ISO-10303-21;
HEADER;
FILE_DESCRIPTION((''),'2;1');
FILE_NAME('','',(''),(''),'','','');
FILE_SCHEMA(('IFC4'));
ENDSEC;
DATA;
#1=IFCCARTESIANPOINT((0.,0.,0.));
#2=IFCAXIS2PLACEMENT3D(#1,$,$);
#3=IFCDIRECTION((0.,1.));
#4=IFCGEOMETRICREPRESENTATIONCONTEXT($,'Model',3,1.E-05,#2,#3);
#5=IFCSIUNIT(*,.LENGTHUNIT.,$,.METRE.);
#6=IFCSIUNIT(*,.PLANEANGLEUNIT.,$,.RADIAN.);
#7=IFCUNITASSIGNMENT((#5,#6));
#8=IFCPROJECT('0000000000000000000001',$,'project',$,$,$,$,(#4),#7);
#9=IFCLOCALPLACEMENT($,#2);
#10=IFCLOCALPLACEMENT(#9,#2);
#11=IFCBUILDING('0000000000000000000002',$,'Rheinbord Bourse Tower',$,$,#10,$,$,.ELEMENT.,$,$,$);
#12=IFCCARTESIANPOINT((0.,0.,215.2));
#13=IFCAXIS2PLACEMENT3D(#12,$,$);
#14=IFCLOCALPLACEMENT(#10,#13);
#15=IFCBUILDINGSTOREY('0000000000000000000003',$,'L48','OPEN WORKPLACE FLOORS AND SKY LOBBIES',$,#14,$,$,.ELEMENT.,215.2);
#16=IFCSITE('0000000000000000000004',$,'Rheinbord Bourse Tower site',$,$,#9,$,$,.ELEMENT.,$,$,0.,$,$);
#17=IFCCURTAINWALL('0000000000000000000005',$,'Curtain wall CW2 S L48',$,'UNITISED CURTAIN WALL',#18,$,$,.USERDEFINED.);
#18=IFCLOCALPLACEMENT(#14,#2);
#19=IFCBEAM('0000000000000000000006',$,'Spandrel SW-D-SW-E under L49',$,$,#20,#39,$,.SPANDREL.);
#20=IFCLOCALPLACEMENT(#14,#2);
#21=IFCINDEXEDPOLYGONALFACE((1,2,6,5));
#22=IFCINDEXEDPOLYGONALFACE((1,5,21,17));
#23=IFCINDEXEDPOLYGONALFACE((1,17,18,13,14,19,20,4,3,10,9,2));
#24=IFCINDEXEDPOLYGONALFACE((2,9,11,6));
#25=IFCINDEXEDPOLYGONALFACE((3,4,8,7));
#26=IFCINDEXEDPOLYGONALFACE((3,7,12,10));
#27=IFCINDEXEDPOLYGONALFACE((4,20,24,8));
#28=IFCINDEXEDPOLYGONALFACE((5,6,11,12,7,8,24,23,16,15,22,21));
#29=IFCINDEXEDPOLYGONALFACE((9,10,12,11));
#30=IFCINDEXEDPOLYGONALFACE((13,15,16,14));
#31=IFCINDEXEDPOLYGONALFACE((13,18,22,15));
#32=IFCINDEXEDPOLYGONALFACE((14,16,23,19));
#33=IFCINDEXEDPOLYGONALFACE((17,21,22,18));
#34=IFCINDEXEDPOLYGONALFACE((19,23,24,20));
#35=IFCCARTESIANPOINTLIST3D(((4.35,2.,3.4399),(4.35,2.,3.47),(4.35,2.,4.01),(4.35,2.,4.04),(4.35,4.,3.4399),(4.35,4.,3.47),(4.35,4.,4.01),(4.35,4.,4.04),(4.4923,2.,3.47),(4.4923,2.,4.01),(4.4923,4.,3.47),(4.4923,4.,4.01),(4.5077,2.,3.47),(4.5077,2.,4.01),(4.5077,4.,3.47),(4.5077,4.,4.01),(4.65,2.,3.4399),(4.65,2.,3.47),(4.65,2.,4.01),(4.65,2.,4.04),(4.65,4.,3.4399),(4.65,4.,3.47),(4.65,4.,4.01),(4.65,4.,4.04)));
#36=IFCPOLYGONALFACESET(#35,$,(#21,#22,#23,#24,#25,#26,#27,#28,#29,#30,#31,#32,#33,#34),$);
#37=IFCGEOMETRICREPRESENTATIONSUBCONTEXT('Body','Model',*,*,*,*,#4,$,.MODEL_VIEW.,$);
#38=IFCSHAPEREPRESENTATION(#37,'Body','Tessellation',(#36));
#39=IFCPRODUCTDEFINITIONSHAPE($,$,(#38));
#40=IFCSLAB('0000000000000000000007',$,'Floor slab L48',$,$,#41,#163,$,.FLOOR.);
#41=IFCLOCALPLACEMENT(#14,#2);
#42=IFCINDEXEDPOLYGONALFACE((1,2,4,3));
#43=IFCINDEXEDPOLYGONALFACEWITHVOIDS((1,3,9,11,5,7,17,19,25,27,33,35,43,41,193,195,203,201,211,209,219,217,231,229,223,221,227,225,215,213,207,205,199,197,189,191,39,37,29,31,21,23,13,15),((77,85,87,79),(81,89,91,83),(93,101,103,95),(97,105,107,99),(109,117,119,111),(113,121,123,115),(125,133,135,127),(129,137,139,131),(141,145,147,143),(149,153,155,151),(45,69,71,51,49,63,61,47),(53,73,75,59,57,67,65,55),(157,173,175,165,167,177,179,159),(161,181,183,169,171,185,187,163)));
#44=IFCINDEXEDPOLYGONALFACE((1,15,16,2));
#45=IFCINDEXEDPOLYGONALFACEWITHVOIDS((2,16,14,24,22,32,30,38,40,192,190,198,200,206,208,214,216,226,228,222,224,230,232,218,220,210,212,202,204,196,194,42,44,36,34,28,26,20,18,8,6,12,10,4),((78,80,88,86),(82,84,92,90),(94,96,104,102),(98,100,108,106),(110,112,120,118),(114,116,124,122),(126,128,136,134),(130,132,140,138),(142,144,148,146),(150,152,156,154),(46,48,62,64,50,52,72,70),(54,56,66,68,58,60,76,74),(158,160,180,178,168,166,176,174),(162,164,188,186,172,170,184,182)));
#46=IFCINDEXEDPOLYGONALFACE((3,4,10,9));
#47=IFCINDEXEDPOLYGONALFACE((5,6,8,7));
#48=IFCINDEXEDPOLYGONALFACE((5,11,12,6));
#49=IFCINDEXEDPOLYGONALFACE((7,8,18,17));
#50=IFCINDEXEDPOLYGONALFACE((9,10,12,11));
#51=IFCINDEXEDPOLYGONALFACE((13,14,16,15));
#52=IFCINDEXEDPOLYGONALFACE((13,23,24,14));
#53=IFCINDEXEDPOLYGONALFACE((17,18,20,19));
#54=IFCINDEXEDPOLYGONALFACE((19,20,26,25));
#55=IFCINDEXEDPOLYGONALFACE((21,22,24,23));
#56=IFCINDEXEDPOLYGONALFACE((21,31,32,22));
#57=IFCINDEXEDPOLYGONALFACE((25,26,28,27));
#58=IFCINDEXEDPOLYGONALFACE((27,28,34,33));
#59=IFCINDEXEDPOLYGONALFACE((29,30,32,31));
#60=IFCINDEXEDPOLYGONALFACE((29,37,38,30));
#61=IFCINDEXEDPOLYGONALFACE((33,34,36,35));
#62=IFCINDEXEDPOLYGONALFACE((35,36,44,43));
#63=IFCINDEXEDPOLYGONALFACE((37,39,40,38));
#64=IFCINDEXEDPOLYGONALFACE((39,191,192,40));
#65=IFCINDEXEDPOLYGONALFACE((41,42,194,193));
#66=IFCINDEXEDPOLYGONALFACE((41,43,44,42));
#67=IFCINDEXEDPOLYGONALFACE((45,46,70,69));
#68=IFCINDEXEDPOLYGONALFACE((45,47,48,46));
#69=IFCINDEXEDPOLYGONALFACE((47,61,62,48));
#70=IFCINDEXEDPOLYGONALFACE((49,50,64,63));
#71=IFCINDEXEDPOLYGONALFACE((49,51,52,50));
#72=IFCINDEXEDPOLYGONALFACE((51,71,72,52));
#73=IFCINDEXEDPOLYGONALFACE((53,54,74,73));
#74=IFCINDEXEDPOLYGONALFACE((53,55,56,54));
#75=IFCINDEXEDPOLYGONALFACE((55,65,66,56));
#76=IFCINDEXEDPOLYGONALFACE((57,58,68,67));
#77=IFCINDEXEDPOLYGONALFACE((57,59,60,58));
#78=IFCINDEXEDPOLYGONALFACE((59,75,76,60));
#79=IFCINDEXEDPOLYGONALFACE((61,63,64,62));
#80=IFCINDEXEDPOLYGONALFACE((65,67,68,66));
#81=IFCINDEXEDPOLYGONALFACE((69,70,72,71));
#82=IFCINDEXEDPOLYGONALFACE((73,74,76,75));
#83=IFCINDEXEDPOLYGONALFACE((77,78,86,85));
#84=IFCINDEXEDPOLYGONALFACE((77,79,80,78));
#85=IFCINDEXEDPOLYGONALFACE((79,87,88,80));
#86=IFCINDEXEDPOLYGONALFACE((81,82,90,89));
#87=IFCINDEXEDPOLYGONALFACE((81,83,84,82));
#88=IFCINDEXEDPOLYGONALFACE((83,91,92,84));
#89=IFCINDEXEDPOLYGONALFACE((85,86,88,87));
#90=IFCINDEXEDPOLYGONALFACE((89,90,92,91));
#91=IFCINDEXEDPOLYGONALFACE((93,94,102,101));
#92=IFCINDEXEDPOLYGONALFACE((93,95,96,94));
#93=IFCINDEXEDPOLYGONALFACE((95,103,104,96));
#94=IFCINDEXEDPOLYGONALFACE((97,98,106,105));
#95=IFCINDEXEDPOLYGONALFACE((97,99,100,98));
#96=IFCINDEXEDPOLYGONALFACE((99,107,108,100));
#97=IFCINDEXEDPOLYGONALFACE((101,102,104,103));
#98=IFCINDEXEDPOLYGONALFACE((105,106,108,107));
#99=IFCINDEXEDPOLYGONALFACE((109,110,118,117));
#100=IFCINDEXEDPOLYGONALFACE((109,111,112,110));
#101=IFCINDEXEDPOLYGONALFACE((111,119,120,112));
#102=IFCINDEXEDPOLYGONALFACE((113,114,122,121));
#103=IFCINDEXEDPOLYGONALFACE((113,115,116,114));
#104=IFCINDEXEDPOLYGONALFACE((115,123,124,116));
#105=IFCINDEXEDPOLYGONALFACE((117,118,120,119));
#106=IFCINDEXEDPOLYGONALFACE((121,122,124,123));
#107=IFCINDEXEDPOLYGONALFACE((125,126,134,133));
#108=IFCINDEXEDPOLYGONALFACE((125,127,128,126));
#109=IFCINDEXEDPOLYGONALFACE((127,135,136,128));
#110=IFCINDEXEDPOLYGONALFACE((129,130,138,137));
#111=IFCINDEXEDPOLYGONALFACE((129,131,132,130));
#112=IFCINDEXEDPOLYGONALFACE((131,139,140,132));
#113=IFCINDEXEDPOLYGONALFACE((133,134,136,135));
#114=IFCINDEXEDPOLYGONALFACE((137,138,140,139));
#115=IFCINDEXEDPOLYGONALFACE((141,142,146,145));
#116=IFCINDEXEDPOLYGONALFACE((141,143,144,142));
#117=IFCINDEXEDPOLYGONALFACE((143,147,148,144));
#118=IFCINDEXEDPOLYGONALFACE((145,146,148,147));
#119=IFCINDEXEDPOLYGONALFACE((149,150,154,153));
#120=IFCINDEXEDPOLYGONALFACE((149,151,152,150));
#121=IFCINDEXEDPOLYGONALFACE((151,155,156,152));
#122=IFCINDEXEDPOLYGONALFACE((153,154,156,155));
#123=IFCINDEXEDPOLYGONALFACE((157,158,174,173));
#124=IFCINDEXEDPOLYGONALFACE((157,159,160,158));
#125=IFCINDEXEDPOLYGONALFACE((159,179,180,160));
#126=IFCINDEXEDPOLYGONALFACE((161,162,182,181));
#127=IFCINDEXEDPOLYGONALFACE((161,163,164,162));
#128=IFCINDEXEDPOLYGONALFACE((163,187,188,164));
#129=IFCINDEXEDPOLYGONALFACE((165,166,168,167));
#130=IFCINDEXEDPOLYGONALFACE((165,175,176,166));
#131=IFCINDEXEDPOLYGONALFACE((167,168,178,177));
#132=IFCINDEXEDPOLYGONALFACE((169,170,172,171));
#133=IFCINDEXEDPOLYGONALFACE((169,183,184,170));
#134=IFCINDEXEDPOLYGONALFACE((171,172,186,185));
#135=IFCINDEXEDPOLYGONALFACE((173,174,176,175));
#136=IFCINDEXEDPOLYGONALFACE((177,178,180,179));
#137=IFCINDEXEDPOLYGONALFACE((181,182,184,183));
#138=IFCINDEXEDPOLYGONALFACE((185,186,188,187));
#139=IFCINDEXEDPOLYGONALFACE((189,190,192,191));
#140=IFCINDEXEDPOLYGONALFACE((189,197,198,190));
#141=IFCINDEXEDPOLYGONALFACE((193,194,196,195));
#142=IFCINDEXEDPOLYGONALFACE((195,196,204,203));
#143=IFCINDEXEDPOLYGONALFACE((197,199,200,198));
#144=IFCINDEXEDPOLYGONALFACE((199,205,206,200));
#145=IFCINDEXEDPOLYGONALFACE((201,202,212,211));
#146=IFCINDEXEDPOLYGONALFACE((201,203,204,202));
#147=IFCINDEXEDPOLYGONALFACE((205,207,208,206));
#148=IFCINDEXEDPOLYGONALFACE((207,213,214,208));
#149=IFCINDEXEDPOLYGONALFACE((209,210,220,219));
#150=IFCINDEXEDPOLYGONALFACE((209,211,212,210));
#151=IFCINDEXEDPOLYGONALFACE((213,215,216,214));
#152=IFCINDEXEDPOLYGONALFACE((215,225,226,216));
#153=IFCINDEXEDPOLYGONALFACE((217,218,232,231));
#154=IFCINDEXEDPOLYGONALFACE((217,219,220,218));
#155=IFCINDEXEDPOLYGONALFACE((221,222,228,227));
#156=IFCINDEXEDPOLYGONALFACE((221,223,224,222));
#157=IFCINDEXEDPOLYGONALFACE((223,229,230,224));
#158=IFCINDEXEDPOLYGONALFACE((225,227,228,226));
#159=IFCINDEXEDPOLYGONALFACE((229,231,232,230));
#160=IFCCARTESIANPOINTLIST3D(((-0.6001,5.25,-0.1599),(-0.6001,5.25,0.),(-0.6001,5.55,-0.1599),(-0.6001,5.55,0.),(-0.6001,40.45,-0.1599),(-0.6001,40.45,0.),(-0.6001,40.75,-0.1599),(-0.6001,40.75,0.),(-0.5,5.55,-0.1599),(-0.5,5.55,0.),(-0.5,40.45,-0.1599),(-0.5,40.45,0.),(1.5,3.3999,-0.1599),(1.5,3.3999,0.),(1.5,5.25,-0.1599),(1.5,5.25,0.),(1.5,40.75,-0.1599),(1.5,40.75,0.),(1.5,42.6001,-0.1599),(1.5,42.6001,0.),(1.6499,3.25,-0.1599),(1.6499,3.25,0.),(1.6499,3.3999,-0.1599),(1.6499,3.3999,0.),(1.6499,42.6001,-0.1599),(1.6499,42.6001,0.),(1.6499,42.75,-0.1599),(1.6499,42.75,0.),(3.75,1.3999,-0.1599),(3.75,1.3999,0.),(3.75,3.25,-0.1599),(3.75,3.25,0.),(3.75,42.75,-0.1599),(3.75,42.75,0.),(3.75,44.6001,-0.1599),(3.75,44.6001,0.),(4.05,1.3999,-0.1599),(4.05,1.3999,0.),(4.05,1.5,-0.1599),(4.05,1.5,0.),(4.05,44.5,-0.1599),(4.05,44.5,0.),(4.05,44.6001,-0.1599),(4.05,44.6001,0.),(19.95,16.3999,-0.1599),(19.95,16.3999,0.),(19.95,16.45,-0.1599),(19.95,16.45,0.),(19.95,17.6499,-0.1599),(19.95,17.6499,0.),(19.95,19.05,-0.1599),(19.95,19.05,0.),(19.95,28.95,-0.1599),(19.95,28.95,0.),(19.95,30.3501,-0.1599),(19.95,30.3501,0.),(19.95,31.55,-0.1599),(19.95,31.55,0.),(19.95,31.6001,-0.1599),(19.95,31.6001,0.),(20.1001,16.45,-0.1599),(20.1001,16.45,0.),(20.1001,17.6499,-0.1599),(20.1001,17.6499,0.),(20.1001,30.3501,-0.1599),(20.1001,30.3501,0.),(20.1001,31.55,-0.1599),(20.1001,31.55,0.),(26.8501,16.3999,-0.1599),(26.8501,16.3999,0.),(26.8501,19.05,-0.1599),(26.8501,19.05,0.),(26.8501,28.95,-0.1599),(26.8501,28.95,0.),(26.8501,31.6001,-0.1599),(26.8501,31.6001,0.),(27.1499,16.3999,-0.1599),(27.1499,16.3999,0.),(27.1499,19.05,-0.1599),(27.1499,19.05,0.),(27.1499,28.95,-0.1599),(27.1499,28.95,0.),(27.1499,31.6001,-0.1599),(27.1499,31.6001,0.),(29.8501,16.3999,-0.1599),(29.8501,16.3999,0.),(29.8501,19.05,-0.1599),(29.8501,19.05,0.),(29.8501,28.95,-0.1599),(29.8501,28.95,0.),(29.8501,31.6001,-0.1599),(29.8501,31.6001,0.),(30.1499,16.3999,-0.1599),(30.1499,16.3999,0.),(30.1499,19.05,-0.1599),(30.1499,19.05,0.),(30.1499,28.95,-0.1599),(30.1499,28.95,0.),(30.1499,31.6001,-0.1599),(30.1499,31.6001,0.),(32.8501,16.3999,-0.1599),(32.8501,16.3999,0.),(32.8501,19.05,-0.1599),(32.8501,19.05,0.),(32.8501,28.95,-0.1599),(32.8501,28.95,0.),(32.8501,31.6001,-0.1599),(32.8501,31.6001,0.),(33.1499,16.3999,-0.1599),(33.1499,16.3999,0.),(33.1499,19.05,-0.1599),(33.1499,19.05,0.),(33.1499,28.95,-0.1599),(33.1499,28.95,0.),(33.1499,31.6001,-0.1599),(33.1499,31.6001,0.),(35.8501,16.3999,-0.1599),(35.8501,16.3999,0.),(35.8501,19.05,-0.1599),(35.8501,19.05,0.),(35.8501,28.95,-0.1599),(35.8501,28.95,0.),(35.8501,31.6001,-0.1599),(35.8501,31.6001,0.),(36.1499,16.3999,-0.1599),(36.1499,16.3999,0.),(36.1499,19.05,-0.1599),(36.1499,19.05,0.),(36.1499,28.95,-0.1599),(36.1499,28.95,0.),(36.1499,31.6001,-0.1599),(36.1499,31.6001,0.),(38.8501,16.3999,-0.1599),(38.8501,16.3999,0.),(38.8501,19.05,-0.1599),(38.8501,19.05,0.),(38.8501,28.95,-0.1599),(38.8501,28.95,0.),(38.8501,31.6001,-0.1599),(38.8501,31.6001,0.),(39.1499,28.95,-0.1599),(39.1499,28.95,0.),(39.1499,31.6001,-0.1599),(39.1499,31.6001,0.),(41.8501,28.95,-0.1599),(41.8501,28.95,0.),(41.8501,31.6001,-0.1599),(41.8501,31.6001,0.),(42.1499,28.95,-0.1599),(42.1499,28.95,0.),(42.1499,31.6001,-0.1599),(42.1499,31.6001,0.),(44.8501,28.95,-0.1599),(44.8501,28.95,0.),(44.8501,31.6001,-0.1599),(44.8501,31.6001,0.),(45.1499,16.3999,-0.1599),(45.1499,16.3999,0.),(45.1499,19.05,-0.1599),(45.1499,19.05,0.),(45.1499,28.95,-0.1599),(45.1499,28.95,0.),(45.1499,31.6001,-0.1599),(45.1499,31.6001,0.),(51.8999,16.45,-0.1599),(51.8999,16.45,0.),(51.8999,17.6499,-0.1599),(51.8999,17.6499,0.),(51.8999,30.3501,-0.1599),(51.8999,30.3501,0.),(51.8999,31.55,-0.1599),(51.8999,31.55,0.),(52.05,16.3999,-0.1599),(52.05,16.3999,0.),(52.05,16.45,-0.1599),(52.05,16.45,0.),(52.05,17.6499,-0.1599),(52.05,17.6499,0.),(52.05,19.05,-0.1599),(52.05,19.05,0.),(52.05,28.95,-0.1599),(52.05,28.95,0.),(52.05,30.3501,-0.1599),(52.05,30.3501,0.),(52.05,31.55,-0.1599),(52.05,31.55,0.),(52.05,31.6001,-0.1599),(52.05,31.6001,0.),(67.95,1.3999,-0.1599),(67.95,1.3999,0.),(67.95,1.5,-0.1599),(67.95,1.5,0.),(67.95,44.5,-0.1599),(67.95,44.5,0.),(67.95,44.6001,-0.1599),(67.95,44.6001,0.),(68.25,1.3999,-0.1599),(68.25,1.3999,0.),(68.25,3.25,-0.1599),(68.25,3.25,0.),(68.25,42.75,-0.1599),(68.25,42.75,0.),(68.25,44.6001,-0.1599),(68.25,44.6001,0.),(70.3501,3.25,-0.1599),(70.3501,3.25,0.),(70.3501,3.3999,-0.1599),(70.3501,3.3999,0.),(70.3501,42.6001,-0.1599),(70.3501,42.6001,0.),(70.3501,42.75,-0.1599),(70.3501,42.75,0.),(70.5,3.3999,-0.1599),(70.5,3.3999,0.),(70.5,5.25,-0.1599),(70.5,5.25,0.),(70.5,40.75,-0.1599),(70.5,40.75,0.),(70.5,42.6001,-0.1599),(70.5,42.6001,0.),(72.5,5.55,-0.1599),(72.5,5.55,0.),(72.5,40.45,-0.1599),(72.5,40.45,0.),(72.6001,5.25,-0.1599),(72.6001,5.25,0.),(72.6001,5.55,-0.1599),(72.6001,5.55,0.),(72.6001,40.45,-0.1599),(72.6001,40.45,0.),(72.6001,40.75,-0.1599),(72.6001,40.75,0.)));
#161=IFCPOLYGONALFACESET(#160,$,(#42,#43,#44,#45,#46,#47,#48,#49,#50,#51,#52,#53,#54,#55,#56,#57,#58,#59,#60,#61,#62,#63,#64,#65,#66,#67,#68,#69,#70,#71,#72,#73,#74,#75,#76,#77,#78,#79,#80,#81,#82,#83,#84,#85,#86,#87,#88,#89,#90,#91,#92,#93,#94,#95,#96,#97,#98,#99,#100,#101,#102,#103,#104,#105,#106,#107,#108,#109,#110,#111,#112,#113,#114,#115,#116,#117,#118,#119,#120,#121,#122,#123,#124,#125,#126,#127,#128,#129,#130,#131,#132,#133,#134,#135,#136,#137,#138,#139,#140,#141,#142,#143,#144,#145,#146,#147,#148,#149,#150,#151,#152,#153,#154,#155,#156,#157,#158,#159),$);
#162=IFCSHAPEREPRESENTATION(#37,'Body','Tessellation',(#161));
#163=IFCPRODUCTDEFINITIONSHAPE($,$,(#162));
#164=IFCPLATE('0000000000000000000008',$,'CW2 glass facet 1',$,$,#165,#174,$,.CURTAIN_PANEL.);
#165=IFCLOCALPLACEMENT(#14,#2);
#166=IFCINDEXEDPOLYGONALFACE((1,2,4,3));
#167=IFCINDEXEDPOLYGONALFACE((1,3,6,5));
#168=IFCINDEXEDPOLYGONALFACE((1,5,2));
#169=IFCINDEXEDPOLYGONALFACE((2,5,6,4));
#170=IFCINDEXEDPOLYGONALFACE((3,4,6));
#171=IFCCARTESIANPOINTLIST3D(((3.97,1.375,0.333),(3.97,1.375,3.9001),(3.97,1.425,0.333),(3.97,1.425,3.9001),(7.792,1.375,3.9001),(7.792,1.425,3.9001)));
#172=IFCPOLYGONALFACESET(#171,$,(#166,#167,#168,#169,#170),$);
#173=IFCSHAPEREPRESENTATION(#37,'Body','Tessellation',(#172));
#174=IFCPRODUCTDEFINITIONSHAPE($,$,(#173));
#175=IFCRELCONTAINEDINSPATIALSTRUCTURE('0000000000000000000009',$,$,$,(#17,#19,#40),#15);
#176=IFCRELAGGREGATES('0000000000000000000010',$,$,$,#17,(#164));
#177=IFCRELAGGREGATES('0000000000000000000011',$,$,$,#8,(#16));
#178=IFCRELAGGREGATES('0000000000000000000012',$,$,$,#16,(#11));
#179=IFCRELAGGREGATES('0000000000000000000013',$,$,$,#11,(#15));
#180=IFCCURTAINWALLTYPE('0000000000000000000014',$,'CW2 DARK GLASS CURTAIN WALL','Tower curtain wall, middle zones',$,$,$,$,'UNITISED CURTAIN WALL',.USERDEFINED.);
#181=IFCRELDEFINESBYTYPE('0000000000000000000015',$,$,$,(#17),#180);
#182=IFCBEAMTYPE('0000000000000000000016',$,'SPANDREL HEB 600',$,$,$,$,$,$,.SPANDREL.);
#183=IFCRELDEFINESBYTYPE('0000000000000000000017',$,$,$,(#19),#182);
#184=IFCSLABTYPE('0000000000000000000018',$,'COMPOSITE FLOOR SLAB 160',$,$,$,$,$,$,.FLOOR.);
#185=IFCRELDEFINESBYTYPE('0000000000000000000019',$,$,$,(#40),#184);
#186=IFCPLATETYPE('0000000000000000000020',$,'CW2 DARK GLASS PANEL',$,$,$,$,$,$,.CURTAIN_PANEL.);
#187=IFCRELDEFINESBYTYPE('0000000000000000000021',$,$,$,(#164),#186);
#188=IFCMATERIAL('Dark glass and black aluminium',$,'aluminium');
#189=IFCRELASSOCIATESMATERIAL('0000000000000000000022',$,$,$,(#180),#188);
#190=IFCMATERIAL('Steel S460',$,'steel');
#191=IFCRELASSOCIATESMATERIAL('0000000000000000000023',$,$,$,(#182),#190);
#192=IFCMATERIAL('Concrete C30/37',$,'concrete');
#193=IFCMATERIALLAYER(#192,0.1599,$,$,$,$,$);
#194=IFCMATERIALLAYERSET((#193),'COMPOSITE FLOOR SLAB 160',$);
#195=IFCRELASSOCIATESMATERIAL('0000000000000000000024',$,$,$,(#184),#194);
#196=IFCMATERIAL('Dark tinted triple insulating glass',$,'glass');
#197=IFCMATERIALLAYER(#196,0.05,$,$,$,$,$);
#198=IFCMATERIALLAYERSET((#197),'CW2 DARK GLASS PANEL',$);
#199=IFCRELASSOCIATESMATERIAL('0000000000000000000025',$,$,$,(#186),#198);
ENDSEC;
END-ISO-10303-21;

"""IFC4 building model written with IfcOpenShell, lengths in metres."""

from ifc_helpers import new_model, si_unit, direction, frame, origin, origin_2d, place, context, subcontext, project, spatial, polyline, i_section, outline, extrude, material, layer, layer_set, material_profile, profile_set, type_object, element, aggregate, save


model = new_model("IFC4")

# Units and contexts
model_context = context("Model", 3, precision=1e-05, world=origin(), true_north=direction((0.0, 1.0)))
body_context = subcontext(model_context, "Body", "Model", "MODEL_VIEW")
ifc_project = project(units=[si_unit("LENGTHUNIT", "METRE"), si_unit("PLANEANGLEUNIT", "RADIAN")], contexts=[model_context])

# Site, building, storey
site_placement = place(None, origin())
site = spatial("IfcSite", under=ifc_project, at=site_placement, Name="Rheinbord Bourse Tower site", CompositionType="ELEMENT", RefElevation=0.0)
building_placement = place(site_placement, origin())
building = spatial("IfcBuilding", under=site, at=building_placement, Name="Rheinbord Bourse Tower", CompositionType="ELEMENT")
storey_placement = place(building_placement, frame((0.0, 0.0, 215.2)))
storey = spatial("IfcBuildingStorey", under=building, at=storey_placement, Name="L48", Description="OPEN WORKPLACE FLOORS AND SKY LOBBIES", CompositionType="ELEMENT", Elevation=215.2)

# Curtain wall
ifc_material_1 = material(Name="Dark glass and black aluminium", Category="aluminium")
curtain_wall_type = type_object("IfcCurtainWallType", Name="CW2 DARK GLASS CURTAIN WALL", Description="Tower curtain wall, middle zones", ElementType="UNITISED CURTAIN WALL", PredefinedType="USERDEFINED", material=ifc_material_1)
curtain_wall_placement = place(storey_placement, origin())
curtain_wall = element("IfcCurtainWall", 1, at=curtain_wall_placement, inside=storey, type_object=curtain_wall_type, Name="Curtain wall CW2 S L48", ObjectType="UNITISED CURTAIN WALL", PredefinedType="USERDEFINED")

# Beam
ifc_material_2 = material(Name="Steel S460", Category="steel")
ifc_material_profile_1 = material_profile(ifc_material_2, i_section(OverallWidth=0.3, OverallDepth=0.6001, WebThickness=0.0154, FlangeThickness=0.03, at=origin_2d()), Name="HEB 600")
ifc_profile_set_1 = profile_set([ifc_material_profile_1], Name="Steel S460")
beam_type_1 = type_object("IfcBeamType", Name="SPANDREL HEB 600", PredefinedType="SPANDREL", material=ifc_profile_set_1)
beam_1_placement = place(storey_placement, frame((4.5, 4.0, 3.74), z_axis=(0.0, -1.0, 0.0), x_axis=(1.0, 0.0, 0.0)))
element("IfcBeam", 2, at=beam_1_placement, inside=storey, type_object=beam_type_1, Name="Spandrel SW-D-SW-E under L49", PredefinedType="SPANDREL", context=body_context, shape_type="SweptSolid", body=[
    extrude(i_section(OverallWidth=0.3, OverallDepth=0.6001, WebThickness=0.0154, FlangeThickness=0.03, at=origin_2d()), origin(), (0.0, 0.0, 1.0), 2.0),
])

# Slab
ifc_material_3 = material(Name="Concrete C30/37", Category="concrete")
ifc_layer_1 = layer(ifc_material_3, 0.1599)
ifc_layer_set_1 = layer_set([ifc_layer_1], Name="COMPOSITE FLOOR SLAB 160")
slab_type_1 = type_object("IfcSlabType", Name="COMPOSITE FLOOR SLAB 160", PredefinedType="FLOOR", material=ifc_layer_set_1)
slab_1_placement = place(storey_placement, frame((0.0, 0.0, -0.1599)))
element("IfcSlab", 3, at=slab_1_placement, inside=storey, type_object=slab_type_1, Name="Floor slab L48", PredefinedType="FLOOR", context=body_context, shape_type="SweptSolid", body=[
    extrude(outline(polyline([(1.6499, 3.3999), (1.5, 3.3999), (1.5, 5.25), (-0.6001, 5.25), (-0.6001, 5.55), (-0.5, 5.55), (-0.5, 40.45), (-0.6001, 40.45), (-0.6001, 40.75), (1.5, 40.75), (1.5, 42.6001), (1.6499, 42.6001), (1.6499, 42.75), (3.75, 42.75), (3.75, 44.6001), (4.05, 44.6001), (4.05, 44.5), (67.95, 44.5), (67.95, 44.6001), (68.25, 44.6001), (68.25, 42.75), (70.3501, 42.75), (70.3501, 42.6001), (70.5, 42.6001), (70.5, 40.75), (72.6001, 40.75), (72.6001, 40.45), (72.5, 40.45), (72.5, 5.55), (72.6001, 5.55), (72.6001, 5.25), (70.5, 5.25), (70.5, 3.3999), (70.3501, 3.3999), (70.3501, 3.25), (68.25, 3.25), (68.25, 1.3999), (67.95, 1.3999), (67.95, 1.5), (4.05, 1.5), (4.05, 1.3999), (3.75, 1.3999), (3.75, 3.25), (1.6499, 3.25), (1.6499, 3.3999)]), holes=[polyline([(19.95, 19.05), (26.8501, 19.05), (26.8501, 16.3999), (19.95, 16.3999), (19.95, 16.45), (20.1001, 16.45), (20.1001, 17.6499), (19.95, 17.6499), (19.95, 19.05)]), polyline([(19.95, 31.6001), (26.8501, 31.6001), (26.8501, 28.95), (19.95, 28.95), (19.95, 30.3501), (20.1001, 30.3501), (20.1001, 31.55), (19.95, 31.55), (19.95, 31.6001)]), polyline([(52.05, 16.3999), (45.1499, 16.3999), (45.1499, 19.05), (52.05, 19.05), (52.05, 17.6499), (51.8999, 17.6499), (51.8999, 16.45), (52.05, 16.45), (52.05, 16.3999)]), polyline([(52.05, 28.95), (45.1499, 28.95), (45.1499, 31.6001), (52.05, 31.6001), (52.05, 31.55), (51.8999, 31.55), (51.8999, 30.3501), (52.05, 30.3501), (52.05, 28.95)]), polyline([(27.1499, 16.3999), (27.1499, 19.05), (29.8501, 19.05), (29.8501, 16.3999), (27.1499, 16.3999)]), polyline([(27.1499, 28.95), (27.1499, 31.6001), (29.8501, 31.6001), (29.8501, 28.95), (27.1499, 28.95)]), polyline([(30.1499, 16.3999), (30.1499, 19.05), (32.8501, 19.05), (32.8501, 16.3999), (30.1499, 16.3999)]), polyline([(30.1499, 28.95), (30.1499, 31.6001), (32.8501, 31.6001), (32.8501, 28.95), (30.1499, 28.95)]), polyline([(33.1499, 16.3999), (33.1499, 19.05), (35.8501, 19.05), (35.8501, 16.3999), (33.1499, 16.3999)]), polyline([(33.1499, 28.95), (33.1499, 31.6001), (35.8501, 31.6001), (35.8501, 28.95), (33.1499, 28.95)]), polyline([(36.1499, 16.3999), (36.1499, 19.05), (38.8501, 19.05), (38.8501, 16.3999), (36.1499, 16.3999)]), polyline([(36.1499, 28.95), (36.1499, 31.6001), (38.8501, 31.6001), (38.8501, 28.95), (36.1499, 28.95)]), polyline([(39.1499, 28.95), (39.1499, 31.6001), (41.8501, 31.6001), (41.8501, 28.95), (39.1499, 28.95)]), polyline([(42.1499, 28.95), (42.1499, 31.6001), (44.8501, 31.6001), (44.8501, 28.95), (42.1499, 28.95)])]), origin(), (0.0, 0.0, 1.0), 0.1599),
])

# Plate
ifc_material_4 = material(Name="Dark tinted triple insulating glass", Category="glass")
ifc_layer_2 = layer(ifc_material_4, 0.05)
ifc_layer_set_2 = layer_set([ifc_layer_2], Name="CW2 DARK GLASS PANEL")
plate_type = type_object("IfcPlateType", Name="CW2 DARK GLASS PANEL", PredefinedType="CURTAIN_PANEL", material=ifc_layer_set_2)
plate_1_placement = place(storey_placement, frame((3.97, 1.375, 3.9001), z_axis=(0.0, 1.0, 0.0), x_axis=(1.0, 0.0, 0.0)))
plate_1 = element("IfcPlate", 4, at=plate_1_placement, type_object=plate_type, Name="CW2 glass facet 1", PredefinedType="CURTAIN_PANEL", context=body_context, shape_type="SweptSolid", body=[
    extrude(outline(polyline([(0.0, 0.0), (3.822, 0.0), (0.0, 3.5671), (0.0, 0.0)])), origin(), (0.0, 0.0, 1.0), 0.05),
])
aggregate(curtain_wall, [plate_1])

save(model, "model.ifc")
